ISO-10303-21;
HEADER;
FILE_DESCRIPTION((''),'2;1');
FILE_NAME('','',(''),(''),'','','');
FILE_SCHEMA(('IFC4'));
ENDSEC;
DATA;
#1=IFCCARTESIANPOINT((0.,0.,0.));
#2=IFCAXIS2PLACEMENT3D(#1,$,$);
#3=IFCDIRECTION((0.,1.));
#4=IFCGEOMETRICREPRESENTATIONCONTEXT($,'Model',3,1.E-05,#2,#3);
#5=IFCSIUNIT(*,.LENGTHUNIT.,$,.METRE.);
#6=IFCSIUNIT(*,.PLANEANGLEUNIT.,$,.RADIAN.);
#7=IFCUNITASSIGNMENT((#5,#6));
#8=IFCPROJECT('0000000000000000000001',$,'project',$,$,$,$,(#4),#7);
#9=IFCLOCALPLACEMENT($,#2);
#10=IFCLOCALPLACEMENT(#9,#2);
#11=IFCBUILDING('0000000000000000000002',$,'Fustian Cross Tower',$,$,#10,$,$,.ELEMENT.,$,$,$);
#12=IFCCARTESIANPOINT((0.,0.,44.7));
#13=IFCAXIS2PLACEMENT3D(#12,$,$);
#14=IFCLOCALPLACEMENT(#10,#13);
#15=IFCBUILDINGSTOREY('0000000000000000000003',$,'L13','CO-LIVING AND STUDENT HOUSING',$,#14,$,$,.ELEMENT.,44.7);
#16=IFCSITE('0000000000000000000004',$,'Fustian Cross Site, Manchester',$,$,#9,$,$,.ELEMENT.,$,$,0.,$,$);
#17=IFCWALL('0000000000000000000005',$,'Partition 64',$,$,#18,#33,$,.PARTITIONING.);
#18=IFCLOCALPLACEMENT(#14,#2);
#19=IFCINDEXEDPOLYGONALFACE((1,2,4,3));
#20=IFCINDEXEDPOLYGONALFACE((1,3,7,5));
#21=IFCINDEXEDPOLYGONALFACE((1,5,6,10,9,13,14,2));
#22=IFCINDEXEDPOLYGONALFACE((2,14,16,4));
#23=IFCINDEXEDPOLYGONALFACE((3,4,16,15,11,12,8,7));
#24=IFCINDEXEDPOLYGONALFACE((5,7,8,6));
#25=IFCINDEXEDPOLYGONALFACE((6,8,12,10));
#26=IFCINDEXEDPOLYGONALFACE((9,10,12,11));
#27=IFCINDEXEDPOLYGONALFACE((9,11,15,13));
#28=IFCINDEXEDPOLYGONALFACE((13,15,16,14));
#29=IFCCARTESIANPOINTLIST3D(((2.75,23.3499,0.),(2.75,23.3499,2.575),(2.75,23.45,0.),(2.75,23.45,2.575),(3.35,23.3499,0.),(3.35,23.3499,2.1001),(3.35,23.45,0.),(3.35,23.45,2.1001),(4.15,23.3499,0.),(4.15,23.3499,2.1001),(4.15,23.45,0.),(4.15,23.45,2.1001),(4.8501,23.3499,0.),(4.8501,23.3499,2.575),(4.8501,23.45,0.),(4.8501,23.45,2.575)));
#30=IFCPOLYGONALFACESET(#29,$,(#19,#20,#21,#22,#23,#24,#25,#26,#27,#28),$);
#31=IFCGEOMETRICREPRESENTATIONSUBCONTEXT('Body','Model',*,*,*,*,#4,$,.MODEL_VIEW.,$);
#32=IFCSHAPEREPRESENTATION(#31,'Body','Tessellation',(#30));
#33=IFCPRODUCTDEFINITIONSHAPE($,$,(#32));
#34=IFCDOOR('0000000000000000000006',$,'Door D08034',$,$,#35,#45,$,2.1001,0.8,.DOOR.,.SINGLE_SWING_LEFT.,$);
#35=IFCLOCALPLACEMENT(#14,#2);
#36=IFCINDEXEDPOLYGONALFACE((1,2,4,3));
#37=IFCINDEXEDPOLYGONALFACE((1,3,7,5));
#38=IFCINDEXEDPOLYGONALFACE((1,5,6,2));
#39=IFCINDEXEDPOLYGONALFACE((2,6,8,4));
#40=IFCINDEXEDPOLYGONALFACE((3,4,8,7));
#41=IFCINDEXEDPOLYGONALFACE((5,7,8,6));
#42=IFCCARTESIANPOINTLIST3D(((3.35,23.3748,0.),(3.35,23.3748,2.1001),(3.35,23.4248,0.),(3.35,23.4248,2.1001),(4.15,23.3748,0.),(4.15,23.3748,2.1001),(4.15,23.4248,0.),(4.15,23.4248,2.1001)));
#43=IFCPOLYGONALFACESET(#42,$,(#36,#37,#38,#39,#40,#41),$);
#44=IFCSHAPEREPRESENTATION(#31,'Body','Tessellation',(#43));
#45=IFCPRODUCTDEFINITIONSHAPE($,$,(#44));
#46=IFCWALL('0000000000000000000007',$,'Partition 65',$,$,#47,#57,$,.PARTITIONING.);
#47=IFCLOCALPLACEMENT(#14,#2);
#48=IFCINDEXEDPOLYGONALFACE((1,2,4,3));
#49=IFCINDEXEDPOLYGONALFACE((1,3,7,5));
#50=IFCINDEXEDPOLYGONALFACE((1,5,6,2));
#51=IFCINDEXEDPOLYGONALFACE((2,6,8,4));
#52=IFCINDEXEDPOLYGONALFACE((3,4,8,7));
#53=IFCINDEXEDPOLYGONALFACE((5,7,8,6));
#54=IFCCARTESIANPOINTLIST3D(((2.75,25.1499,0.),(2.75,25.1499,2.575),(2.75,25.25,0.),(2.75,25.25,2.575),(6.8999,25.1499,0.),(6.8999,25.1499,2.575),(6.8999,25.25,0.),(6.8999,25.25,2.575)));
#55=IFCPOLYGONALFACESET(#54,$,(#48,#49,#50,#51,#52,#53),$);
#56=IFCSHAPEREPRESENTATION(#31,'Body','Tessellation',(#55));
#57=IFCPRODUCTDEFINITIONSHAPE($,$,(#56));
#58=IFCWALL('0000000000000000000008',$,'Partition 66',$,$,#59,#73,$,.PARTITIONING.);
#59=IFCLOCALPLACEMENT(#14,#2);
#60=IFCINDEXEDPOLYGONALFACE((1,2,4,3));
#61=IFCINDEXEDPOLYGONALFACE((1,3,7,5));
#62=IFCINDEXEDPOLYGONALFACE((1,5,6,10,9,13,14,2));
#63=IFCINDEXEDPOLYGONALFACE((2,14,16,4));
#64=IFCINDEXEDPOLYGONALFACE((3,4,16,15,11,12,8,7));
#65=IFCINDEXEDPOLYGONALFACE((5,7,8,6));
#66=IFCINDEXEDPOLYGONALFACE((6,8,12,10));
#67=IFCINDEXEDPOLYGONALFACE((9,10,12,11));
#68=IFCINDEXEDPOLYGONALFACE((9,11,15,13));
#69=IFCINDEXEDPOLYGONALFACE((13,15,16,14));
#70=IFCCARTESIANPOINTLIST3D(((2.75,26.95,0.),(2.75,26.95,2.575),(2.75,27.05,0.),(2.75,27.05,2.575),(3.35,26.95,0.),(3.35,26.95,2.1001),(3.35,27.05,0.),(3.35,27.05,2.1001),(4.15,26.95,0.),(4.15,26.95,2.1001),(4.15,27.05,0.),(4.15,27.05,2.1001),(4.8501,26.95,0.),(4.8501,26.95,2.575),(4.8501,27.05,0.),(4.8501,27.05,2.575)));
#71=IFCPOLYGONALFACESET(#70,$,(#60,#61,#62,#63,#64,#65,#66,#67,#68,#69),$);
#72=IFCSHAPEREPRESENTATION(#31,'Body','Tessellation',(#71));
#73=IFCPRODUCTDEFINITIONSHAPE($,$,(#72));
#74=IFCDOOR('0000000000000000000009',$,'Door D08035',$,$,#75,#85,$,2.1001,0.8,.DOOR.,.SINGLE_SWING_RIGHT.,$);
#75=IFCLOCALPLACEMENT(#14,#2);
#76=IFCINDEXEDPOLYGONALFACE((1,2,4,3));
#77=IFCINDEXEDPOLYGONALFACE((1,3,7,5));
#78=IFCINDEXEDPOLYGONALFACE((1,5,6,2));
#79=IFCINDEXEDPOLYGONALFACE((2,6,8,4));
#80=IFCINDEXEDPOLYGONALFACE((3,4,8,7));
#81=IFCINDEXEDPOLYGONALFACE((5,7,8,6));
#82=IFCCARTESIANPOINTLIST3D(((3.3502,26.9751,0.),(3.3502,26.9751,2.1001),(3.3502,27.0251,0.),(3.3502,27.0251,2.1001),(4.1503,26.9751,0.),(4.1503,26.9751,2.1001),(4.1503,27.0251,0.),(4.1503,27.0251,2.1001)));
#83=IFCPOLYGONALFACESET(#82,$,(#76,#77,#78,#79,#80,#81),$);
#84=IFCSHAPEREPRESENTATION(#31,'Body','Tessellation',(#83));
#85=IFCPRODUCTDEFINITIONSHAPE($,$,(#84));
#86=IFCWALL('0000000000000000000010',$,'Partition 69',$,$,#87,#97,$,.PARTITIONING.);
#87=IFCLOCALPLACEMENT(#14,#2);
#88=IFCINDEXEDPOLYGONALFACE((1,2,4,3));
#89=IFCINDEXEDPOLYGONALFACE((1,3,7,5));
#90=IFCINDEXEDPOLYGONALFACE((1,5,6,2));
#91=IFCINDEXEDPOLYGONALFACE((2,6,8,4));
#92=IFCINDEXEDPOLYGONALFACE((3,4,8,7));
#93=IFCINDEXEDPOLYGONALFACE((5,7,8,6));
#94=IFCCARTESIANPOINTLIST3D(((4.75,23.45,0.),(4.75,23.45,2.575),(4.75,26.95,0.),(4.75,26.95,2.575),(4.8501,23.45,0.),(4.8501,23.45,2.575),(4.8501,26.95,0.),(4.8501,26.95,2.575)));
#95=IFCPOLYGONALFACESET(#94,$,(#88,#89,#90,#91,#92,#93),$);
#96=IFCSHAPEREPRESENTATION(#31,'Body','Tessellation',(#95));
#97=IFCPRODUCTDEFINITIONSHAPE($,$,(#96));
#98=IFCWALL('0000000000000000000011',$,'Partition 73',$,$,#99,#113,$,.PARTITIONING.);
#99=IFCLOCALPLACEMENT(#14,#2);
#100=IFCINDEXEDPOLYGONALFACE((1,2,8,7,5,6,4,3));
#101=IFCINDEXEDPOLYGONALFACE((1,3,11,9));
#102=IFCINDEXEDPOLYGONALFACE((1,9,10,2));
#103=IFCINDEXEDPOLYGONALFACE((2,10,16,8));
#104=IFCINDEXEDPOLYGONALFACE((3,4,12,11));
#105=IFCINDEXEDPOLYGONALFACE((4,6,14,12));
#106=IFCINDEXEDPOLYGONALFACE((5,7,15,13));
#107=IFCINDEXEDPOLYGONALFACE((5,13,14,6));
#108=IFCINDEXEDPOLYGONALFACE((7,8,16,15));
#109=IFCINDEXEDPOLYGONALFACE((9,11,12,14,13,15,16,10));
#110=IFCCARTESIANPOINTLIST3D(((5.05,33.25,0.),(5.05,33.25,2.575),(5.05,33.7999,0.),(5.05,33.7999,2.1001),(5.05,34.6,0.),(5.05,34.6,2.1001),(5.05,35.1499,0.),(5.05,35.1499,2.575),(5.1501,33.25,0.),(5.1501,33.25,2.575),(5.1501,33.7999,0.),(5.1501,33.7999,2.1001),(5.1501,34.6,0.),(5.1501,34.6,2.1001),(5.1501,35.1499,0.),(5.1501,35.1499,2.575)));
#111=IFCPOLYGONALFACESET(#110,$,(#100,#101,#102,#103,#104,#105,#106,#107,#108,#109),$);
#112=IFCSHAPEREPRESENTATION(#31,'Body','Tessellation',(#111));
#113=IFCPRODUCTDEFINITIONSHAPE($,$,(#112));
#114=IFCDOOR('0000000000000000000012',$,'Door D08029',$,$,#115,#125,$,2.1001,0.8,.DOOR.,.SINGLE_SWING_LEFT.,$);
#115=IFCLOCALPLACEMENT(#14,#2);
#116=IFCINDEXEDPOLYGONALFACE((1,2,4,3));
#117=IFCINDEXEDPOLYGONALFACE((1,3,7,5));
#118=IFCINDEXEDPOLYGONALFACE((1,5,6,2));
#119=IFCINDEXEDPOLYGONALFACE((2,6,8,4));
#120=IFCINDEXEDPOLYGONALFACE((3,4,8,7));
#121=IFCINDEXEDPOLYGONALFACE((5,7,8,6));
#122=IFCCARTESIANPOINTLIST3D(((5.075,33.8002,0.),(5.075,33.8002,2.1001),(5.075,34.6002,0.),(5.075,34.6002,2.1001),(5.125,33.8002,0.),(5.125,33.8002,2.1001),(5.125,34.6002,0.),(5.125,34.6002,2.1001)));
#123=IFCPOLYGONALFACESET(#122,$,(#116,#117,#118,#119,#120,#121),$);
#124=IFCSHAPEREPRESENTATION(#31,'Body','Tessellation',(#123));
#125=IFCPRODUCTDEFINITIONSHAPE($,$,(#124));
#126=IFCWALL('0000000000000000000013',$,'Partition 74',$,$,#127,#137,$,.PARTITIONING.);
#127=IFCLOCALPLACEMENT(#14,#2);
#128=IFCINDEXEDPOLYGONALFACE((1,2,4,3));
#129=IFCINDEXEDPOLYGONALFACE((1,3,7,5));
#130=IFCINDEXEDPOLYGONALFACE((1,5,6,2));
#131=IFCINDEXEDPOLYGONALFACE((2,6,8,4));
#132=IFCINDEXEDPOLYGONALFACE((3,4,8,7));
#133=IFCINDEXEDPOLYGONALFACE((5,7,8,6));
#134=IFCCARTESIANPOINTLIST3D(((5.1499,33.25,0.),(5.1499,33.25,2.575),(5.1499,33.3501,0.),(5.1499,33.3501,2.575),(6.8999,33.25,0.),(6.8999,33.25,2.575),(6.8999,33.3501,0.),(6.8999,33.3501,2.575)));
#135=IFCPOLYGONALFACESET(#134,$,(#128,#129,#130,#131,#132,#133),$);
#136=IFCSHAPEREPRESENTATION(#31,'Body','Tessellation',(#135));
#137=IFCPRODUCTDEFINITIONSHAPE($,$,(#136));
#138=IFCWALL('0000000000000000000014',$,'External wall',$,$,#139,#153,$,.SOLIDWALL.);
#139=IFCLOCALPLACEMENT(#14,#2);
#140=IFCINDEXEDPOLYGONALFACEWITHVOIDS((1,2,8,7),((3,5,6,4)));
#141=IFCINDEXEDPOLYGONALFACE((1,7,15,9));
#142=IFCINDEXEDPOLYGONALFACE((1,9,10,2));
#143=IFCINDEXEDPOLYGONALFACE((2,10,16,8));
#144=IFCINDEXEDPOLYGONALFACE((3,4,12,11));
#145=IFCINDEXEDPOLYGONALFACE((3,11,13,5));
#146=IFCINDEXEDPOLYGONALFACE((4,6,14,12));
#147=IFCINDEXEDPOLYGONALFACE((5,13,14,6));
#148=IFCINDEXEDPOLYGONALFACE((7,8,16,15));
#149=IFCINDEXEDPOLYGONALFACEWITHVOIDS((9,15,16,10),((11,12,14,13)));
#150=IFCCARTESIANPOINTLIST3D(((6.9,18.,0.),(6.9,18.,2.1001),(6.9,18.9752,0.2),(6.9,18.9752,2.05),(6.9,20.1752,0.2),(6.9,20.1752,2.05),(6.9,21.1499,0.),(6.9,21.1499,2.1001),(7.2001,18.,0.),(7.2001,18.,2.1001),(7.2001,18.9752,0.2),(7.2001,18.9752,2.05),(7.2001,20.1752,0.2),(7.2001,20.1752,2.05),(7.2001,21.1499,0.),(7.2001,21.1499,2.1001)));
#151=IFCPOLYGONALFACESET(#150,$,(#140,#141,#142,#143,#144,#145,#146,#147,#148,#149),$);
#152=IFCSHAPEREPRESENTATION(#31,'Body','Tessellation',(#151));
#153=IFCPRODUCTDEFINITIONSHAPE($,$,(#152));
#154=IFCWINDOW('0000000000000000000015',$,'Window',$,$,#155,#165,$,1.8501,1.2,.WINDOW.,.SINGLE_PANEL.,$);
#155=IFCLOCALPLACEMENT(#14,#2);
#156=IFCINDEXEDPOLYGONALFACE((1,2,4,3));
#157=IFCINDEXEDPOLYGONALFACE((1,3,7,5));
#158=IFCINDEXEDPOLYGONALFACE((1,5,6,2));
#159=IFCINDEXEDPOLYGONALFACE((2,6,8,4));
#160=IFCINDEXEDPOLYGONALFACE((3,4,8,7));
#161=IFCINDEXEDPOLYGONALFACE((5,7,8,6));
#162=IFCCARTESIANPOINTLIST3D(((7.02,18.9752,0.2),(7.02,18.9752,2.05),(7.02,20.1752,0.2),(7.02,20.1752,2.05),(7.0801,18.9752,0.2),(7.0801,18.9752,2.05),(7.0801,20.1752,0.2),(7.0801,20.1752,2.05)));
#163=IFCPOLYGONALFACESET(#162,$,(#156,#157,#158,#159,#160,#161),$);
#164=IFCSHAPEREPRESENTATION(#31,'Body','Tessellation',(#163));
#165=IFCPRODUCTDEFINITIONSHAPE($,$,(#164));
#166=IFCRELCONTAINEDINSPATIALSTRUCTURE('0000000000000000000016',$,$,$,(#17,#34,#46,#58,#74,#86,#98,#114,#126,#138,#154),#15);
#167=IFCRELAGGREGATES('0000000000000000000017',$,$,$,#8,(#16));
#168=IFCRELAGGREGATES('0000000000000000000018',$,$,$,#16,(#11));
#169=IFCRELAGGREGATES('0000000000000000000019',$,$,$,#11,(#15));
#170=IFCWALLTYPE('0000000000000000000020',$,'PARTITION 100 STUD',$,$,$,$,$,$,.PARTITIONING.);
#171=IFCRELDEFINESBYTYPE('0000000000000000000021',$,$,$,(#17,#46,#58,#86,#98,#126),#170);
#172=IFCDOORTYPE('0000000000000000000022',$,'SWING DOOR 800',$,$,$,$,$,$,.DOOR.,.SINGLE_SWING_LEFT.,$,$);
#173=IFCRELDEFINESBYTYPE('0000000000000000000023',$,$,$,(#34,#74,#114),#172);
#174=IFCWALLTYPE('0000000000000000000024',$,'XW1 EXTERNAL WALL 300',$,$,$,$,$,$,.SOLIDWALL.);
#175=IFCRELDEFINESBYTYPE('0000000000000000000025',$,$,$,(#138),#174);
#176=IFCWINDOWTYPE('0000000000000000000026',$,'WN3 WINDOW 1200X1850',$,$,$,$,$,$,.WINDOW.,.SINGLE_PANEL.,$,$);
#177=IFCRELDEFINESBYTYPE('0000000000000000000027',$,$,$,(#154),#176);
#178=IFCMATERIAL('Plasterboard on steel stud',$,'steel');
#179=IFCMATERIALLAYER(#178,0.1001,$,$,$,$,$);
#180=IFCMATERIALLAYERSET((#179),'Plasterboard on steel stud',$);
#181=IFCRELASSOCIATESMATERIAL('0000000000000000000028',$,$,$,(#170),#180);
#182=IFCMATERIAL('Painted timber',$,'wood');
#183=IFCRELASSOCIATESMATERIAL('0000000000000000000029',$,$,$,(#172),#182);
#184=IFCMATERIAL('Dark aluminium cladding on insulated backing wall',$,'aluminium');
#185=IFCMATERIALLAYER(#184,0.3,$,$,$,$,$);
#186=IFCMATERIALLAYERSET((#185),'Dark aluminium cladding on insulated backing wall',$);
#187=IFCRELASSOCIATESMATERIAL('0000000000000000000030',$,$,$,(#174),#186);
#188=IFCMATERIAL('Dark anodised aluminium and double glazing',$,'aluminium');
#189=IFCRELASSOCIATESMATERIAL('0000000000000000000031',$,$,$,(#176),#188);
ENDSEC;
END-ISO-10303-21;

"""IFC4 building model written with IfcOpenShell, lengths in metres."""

from ifc_helpers import new_model, si_unit, direction, frame, frame_2d, origin, place, context, subcontext, project, spatial, rectangle, extrude, material, layer, layer_set, type_object, element, fill, save


model = new_model("IFC4")

# Units and contexts
model_context = context("Model", 3, precision=1e-05, world=origin(), true_north=direction((0.0, 1.0)))
body_context = subcontext(model_context, "Body", "Model", "MODEL_VIEW")
ifc_project = project(units=[si_unit("LENGTHUNIT", "METRE"), si_unit("PLANEANGLEUNIT", "RADIAN")], contexts=[model_context])

# Site, building, storey
site_placement = place(None, origin())
site = spatial("IfcSite", under=ifc_project, at=site_placement, Name="Fustian Cross Site, Manchester", CompositionType="ELEMENT", RefElevation=0.0)
building_placement = place(site_placement, origin())
building = spatial("IfcBuilding", under=site, at=building_placement, Name="Fustian Cross Tower", CompositionType="ELEMENT")
storey_placement = place(building_placement, frame((0.0, 0.0, 44.7)))
storey = spatial("IfcBuildingStorey", under=building, at=storey_placement, Name="L13", Description="CO-LIVING AND STUDENT HOUSING", CompositionType="ELEMENT", Elevation=44.7)

# Shared definitions
ifc_material_1 = material(Name="Plasterboard on steel stud", Category="steel")
ifc_layer_1 = layer(ifc_material_1, 0.1001)
ifc_layer_set_1 = layer_set([ifc_layer_1], Name="Plasterboard on steel stud")
wall_type_1 = type_object("IfcWallType", Name="PARTITION 100 STUD", PredefinedType="PARTITIONING", material=ifc_layer_set_1)

# Wall, opening, door
wall_1_placement = place(storey_placement, frame((2.75, 23.3999, 0.0), z_axis=(0.0, 0.0, 1.0), x_axis=(1.0, 0.0, 0.0)))
wall_1 = element("IfcWall", 1, at=wall_1_placement, inside=storey, type_object=wall_type_1, Name="Partition 64", PredefinedType="PARTITIONING", context=body_context, shape_type="SweptSolid", body=[
    extrude(rectangle(XDim=2.1001, YDim=0.1001, at=frame_2d((1.05, 0.0))), origin(), (0.0, 0.0, 1.0), 2.575),
])
opening_1_placement = place(wall_1_placement, frame((0.6001, 0.0, 0.0)))
opening_1 = element("IfcOpeningElement", 2, at=opening_1_placement, cuts=wall_1, PredefinedType="OPENING", context=body_context, shape_type="SweptSolid", body=[
    extrude(rectangle(XDim=0.8, YDim=2.1001, at=frame_2d((0.3999, 1.05))), frame((0.0, 0.0601, 0.0), z_axis=(0.0, -1.0, 0.0), x_axis=(1.0, 0.0, 0.0)), (0.0, 0.0, 1.0), 0.1201),
])
ifc_material_2 = material(Name="Painted timber", Category="wood")
door_type_1 = type_object("IfcDoorType", Name="SWING DOOR 800", OperationType="SINGLE_SWING_LEFT", PredefinedType="DOOR", material=ifc_material_2)
door_1_placement = place(opening_1_placement, origin())
door_1 = element("IfcDoor", 3, at=door_1_placement, inside=storey, type_object=door_type_1, Name="Door D08034", OperationType="SINGLE_SWING_LEFT", OverallHeight=2.1001, OverallWidth=0.8, PredefinedType="DOOR", context=body_context, shape_type="SweptSolid", body=[
    extrude(rectangle(XDim=0.8, YDim=2.1001, at=frame_2d((0.3999, 1.05))), frame((0.0, 0.0249, 0.0), z_axis=(0.0, -1.0, 0.0), x_axis=(1.0, 0.0, 0.0)), (0.0, 0.0, 1.0), 0.05),
])
fill(opening_1, door_1)

# Wall
wall_2_placement = place(storey_placement, frame((2.75, 25.2, 0.0), z_axis=(0.0, 0.0, 1.0), x_axis=(1.0, 0.0, 0.0)))
element("IfcWall", 4, at=wall_2_placement, inside=storey, type_object=wall_type_1, Name="Partition 65", PredefinedType="PARTITIONING", context=body_context, shape_type="SweptSolid", body=[
    extrude(rectangle(XDim=4.1499, YDim=0.1001, at=frame_2d((2.075, 0.0))), origin(), (0.0, 0.0, 1.0), 2.575),
])

# Wall, opening, door
wall_3_placement = place(storey_placement, frame((2.75, 27.0, 0.0), z_axis=(0.0, 0.0, 1.0), x_axis=(1.0, 0.0, 0.0)))
wall_3 = element("IfcWall", 5, at=wall_3_placement, inside=storey, type_object=wall_type_1, Name="Partition 66", PredefinedType="PARTITIONING", context=body_context, shape_type="SweptSolid", body=[
    extrude(rectangle(XDim=2.1001, YDim=0.1001, at=frame_2d((1.05, 0.0))), origin(), (0.0, 0.0, 1.0), 2.575),
])
opening_2_placement = place(wall_3_placement, frame((0.6001, 0.0, 0.0)))
opening_2 = element("IfcOpeningElement", 6, at=opening_2_placement, cuts=wall_3, PredefinedType="OPENING", context=body_context, shape_type="SweptSolid", body=[
    extrude(rectangle(XDim=0.8, YDim=2.1001, at=frame_2d((0.3999, 1.05))), frame((0.0, 0.0601, 0.0), z_axis=(0.0, -1.0, 0.0), x_axis=(1.0, 0.0, 0.0)), (0.0, 0.0, 1.0), 0.1201),
])
door_2_placement = place(opening_2_placement, frame((0.8, 0.0, 0.0), z_axis=(0.0, 0.0, 1.0), x_axis=(-1.0, 0.0, 0.0)))
door_2 = element("IfcDoor", 7, at=door_2_placement, inside=storey, type_object=door_type_1, Name="Door D08035", OperationType="SINGLE_SWING_RIGHT", OverallHeight=2.1001, OverallWidth=0.8, PredefinedType="DOOR", context=body_context, shape_type="SweptSolid", body=[
    extrude(rectangle(XDim=0.8, YDim=2.1001, at=frame_2d((0.3999, 1.05))), frame((0.0, 0.0249, 0.0), z_axis=(0.0, -1.0, 0.0), x_axis=(1.0, 0.0, 0.0)), (0.0, 0.0, 1.0), 0.05),
])
fill(opening_2, door_2)

# Wall
wall_4_placement = place(storey_placement, frame((4.8, 23.45, 0.0), z_axis=(0.0, 0.0, 1.0), x_axis=(0.0, 1.0, 0.0)))
element("IfcWall", 8, at=wall_4_placement, inside=storey, type_object=wall_type_1, Name="Partition 69", PredefinedType="PARTITIONING", context=body_context, shape_type="SweptSolid", body=[
    extrude(rectangle(XDim=3.5, YDim=0.1001, at=frame_2d((1.75, 0.0))), origin(), (0.0, 0.0, 1.0), 2.575),
])

# Wall, opening, door
wall_5_placement = place(storey_placement, frame((5.1001, 33.25, 0.0), z_axis=(0.0, 0.0, 1.0), x_axis=(0.0, 1.0, 0.0)))
wall_5 = element("IfcWall", 9, at=wall_5_placement, inside=storey, type_object=wall_type_1, Name="Partition 73", PredefinedType="PARTITIONING", context=body_context, shape_type="SweptSolid", body=[
    extrude(rectangle(XDim=1.8999, YDim=0.1001, at=frame_2d((0.95, 0.0))), origin(), (0.0, 0.0, 1.0), 2.575),
])
opening_3_placement = place(wall_5_placement, frame((0.55, 0.0, 0.0)))
opening_3 = element("IfcOpeningElement", 10, at=opening_3_placement, cuts=wall_5, PredefinedType="OPENING", context=body_context, shape_type="SweptSolid", body=[
    extrude(rectangle(XDim=0.8, YDim=2.1001, at=frame_2d((0.3999, 1.05))), frame((0.0, 0.0601, 0.0), z_axis=(0.0, -1.0, 0.0), x_axis=(1.0, 0.0, 0.0)), (0.0, 0.0, 1.0), 0.1201),
])
door_3_placement = place(opening_3_placement, frame((0.8, 0.0, 0.0), z_axis=(0.0, 0.0, 1.0), x_axis=(-1.0, 0.0, 0.0)))
door_3 = element("IfcDoor", 11, at=door_3_placement, inside=storey, type_object=door_type_1, Name="Door D08029", OperationType="SINGLE_SWING_LEFT", OverallHeight=2.1001, OverallWidth=0.8, PredefinedType="DOOR", context=body_context, shape_type="SweptSolid", body=[
    extrude(rectangle(XDim=0.8, YDim=2.1001, at=frame_2d((0.3999, 1.05))), frame((0.0, 0.0249, 0.0), z_axis=(0.0, -1.0, 0.0), x_axis=(1.0, 0.0, 0.0)), (0.0, 0.0, 1.0), 0.05),
])
fill(opening_3, door_3)

# Wall
wall_6_placement = place(storey_placement, frame((5.1499, 33.3, 0.0), z_axis=(0.0, 0.0, 1.0), x_axis=(1.0, 0.0, 0.0)))
element("IfcWall", 12, at=wall_6_placement, inside=storey, type_object=wall_type_1, Name="Partition 74", PredefinedType="PARTITIONING", context=body_context, shape_type="SweptSolid", body=[
    extrude(rectangle(XDim=1.75, YDim=0.1001, at=frame_2d((0.875, 0.0))), origin(), (0.0, 0.0, 1.0), 2.575),
])

# Wall, opening, window
ifc_material_3 = material(Name="Dark aluminium cladding on insulated backing wall", Category="aluminium")
ifc_layer_2 = layer(ifc_material_3, 0.3)
ifc_layer_set_2 = layer_set([ifc_layer_2], Name="Dark aluminium cladding on insulated backing wall")
wall_type_2 = type_object("IfcWallType", Name="XW1 EXTERNAL WALL 300", PredefinedType="SOLIDWALL", material=ifc_layer_set_2)
wall_7_placement = place(storey_placement, frame((7.05, 18.0, 0.0), z_axis=(0.0, 0.0, 1.0), x_axis=(0.0, 1.0, 0.0)))
wall_7 = element("IfcWall", 13, at=wall_7_placement, inside=storey, type_object=wall_type_2, Name="External wall", PredefinedType="SOLIDWALL", context=body_context, shape_type="SweptSolid", body=[
    extrude(rectangle(XDim=3.1499, YDim=0.3, at=frame_2d((1.575, 0.0))), origin(), (0.0, 0.0, 1.0), 2.1001),
])
opening_4_placement = place(wall_7_placement, frame((0.9751, 0.0, 0.2)))
opening_4 = element("IfcOpeningElement", 14, at=opening_4_placement, cuts=wall_7, PredefinedType="OPENING", context=body_context, shape_type="SweptSolid", body=[
    extrude(rectangle(XDim=1.2, YDim=1.8501, at=frame_2d((0.6001, 0.925))), frame((0.0, 0.1599, 0.0), z_axis=(0.0, -1.0, 0.0), x_axis=(1.0, 0.0, 0.0)), (0.0, 0.0, 1.0), 0.3201),
])
ifc_material_4 = material(Name="Dark anodised aluminium and double glazing", Category="aluminium")
window_type_1 = type_object("IfcWindowType", Name="WN3 WINDOW 1200X1850", PartitioningType="SINGLE_PANEL", PredefinedType="WINDOW", material=ifc_material_4)
window_1_placement = place(opening_4_placement, origin())
window_1 = element("IfcWindow", 15, at=window_1_placement, inside=storey, type_object=window_type_1, Name="Window", OverallHeight=1.8501, OverallWidth=1.2, PartitioningType="SINGLE_PANEL", PredefinedType="WINDOW", context=body_context, shape_type="SweptSolid", body=[
    extrude(rectangle(XDim=1.2, YDim=1.8501, at=frame_2d((0.6001, 0.925))), frame((0.0, 0.03, 0.0), z_axis=(0.0, -1.0, 0.0), x_axis=(1.0, 0.0, 0.0)), (0.0, 0.0, 1.0), 0.0601),
])
fill(opening_4, window_1)

save(model, "model.ifc")
